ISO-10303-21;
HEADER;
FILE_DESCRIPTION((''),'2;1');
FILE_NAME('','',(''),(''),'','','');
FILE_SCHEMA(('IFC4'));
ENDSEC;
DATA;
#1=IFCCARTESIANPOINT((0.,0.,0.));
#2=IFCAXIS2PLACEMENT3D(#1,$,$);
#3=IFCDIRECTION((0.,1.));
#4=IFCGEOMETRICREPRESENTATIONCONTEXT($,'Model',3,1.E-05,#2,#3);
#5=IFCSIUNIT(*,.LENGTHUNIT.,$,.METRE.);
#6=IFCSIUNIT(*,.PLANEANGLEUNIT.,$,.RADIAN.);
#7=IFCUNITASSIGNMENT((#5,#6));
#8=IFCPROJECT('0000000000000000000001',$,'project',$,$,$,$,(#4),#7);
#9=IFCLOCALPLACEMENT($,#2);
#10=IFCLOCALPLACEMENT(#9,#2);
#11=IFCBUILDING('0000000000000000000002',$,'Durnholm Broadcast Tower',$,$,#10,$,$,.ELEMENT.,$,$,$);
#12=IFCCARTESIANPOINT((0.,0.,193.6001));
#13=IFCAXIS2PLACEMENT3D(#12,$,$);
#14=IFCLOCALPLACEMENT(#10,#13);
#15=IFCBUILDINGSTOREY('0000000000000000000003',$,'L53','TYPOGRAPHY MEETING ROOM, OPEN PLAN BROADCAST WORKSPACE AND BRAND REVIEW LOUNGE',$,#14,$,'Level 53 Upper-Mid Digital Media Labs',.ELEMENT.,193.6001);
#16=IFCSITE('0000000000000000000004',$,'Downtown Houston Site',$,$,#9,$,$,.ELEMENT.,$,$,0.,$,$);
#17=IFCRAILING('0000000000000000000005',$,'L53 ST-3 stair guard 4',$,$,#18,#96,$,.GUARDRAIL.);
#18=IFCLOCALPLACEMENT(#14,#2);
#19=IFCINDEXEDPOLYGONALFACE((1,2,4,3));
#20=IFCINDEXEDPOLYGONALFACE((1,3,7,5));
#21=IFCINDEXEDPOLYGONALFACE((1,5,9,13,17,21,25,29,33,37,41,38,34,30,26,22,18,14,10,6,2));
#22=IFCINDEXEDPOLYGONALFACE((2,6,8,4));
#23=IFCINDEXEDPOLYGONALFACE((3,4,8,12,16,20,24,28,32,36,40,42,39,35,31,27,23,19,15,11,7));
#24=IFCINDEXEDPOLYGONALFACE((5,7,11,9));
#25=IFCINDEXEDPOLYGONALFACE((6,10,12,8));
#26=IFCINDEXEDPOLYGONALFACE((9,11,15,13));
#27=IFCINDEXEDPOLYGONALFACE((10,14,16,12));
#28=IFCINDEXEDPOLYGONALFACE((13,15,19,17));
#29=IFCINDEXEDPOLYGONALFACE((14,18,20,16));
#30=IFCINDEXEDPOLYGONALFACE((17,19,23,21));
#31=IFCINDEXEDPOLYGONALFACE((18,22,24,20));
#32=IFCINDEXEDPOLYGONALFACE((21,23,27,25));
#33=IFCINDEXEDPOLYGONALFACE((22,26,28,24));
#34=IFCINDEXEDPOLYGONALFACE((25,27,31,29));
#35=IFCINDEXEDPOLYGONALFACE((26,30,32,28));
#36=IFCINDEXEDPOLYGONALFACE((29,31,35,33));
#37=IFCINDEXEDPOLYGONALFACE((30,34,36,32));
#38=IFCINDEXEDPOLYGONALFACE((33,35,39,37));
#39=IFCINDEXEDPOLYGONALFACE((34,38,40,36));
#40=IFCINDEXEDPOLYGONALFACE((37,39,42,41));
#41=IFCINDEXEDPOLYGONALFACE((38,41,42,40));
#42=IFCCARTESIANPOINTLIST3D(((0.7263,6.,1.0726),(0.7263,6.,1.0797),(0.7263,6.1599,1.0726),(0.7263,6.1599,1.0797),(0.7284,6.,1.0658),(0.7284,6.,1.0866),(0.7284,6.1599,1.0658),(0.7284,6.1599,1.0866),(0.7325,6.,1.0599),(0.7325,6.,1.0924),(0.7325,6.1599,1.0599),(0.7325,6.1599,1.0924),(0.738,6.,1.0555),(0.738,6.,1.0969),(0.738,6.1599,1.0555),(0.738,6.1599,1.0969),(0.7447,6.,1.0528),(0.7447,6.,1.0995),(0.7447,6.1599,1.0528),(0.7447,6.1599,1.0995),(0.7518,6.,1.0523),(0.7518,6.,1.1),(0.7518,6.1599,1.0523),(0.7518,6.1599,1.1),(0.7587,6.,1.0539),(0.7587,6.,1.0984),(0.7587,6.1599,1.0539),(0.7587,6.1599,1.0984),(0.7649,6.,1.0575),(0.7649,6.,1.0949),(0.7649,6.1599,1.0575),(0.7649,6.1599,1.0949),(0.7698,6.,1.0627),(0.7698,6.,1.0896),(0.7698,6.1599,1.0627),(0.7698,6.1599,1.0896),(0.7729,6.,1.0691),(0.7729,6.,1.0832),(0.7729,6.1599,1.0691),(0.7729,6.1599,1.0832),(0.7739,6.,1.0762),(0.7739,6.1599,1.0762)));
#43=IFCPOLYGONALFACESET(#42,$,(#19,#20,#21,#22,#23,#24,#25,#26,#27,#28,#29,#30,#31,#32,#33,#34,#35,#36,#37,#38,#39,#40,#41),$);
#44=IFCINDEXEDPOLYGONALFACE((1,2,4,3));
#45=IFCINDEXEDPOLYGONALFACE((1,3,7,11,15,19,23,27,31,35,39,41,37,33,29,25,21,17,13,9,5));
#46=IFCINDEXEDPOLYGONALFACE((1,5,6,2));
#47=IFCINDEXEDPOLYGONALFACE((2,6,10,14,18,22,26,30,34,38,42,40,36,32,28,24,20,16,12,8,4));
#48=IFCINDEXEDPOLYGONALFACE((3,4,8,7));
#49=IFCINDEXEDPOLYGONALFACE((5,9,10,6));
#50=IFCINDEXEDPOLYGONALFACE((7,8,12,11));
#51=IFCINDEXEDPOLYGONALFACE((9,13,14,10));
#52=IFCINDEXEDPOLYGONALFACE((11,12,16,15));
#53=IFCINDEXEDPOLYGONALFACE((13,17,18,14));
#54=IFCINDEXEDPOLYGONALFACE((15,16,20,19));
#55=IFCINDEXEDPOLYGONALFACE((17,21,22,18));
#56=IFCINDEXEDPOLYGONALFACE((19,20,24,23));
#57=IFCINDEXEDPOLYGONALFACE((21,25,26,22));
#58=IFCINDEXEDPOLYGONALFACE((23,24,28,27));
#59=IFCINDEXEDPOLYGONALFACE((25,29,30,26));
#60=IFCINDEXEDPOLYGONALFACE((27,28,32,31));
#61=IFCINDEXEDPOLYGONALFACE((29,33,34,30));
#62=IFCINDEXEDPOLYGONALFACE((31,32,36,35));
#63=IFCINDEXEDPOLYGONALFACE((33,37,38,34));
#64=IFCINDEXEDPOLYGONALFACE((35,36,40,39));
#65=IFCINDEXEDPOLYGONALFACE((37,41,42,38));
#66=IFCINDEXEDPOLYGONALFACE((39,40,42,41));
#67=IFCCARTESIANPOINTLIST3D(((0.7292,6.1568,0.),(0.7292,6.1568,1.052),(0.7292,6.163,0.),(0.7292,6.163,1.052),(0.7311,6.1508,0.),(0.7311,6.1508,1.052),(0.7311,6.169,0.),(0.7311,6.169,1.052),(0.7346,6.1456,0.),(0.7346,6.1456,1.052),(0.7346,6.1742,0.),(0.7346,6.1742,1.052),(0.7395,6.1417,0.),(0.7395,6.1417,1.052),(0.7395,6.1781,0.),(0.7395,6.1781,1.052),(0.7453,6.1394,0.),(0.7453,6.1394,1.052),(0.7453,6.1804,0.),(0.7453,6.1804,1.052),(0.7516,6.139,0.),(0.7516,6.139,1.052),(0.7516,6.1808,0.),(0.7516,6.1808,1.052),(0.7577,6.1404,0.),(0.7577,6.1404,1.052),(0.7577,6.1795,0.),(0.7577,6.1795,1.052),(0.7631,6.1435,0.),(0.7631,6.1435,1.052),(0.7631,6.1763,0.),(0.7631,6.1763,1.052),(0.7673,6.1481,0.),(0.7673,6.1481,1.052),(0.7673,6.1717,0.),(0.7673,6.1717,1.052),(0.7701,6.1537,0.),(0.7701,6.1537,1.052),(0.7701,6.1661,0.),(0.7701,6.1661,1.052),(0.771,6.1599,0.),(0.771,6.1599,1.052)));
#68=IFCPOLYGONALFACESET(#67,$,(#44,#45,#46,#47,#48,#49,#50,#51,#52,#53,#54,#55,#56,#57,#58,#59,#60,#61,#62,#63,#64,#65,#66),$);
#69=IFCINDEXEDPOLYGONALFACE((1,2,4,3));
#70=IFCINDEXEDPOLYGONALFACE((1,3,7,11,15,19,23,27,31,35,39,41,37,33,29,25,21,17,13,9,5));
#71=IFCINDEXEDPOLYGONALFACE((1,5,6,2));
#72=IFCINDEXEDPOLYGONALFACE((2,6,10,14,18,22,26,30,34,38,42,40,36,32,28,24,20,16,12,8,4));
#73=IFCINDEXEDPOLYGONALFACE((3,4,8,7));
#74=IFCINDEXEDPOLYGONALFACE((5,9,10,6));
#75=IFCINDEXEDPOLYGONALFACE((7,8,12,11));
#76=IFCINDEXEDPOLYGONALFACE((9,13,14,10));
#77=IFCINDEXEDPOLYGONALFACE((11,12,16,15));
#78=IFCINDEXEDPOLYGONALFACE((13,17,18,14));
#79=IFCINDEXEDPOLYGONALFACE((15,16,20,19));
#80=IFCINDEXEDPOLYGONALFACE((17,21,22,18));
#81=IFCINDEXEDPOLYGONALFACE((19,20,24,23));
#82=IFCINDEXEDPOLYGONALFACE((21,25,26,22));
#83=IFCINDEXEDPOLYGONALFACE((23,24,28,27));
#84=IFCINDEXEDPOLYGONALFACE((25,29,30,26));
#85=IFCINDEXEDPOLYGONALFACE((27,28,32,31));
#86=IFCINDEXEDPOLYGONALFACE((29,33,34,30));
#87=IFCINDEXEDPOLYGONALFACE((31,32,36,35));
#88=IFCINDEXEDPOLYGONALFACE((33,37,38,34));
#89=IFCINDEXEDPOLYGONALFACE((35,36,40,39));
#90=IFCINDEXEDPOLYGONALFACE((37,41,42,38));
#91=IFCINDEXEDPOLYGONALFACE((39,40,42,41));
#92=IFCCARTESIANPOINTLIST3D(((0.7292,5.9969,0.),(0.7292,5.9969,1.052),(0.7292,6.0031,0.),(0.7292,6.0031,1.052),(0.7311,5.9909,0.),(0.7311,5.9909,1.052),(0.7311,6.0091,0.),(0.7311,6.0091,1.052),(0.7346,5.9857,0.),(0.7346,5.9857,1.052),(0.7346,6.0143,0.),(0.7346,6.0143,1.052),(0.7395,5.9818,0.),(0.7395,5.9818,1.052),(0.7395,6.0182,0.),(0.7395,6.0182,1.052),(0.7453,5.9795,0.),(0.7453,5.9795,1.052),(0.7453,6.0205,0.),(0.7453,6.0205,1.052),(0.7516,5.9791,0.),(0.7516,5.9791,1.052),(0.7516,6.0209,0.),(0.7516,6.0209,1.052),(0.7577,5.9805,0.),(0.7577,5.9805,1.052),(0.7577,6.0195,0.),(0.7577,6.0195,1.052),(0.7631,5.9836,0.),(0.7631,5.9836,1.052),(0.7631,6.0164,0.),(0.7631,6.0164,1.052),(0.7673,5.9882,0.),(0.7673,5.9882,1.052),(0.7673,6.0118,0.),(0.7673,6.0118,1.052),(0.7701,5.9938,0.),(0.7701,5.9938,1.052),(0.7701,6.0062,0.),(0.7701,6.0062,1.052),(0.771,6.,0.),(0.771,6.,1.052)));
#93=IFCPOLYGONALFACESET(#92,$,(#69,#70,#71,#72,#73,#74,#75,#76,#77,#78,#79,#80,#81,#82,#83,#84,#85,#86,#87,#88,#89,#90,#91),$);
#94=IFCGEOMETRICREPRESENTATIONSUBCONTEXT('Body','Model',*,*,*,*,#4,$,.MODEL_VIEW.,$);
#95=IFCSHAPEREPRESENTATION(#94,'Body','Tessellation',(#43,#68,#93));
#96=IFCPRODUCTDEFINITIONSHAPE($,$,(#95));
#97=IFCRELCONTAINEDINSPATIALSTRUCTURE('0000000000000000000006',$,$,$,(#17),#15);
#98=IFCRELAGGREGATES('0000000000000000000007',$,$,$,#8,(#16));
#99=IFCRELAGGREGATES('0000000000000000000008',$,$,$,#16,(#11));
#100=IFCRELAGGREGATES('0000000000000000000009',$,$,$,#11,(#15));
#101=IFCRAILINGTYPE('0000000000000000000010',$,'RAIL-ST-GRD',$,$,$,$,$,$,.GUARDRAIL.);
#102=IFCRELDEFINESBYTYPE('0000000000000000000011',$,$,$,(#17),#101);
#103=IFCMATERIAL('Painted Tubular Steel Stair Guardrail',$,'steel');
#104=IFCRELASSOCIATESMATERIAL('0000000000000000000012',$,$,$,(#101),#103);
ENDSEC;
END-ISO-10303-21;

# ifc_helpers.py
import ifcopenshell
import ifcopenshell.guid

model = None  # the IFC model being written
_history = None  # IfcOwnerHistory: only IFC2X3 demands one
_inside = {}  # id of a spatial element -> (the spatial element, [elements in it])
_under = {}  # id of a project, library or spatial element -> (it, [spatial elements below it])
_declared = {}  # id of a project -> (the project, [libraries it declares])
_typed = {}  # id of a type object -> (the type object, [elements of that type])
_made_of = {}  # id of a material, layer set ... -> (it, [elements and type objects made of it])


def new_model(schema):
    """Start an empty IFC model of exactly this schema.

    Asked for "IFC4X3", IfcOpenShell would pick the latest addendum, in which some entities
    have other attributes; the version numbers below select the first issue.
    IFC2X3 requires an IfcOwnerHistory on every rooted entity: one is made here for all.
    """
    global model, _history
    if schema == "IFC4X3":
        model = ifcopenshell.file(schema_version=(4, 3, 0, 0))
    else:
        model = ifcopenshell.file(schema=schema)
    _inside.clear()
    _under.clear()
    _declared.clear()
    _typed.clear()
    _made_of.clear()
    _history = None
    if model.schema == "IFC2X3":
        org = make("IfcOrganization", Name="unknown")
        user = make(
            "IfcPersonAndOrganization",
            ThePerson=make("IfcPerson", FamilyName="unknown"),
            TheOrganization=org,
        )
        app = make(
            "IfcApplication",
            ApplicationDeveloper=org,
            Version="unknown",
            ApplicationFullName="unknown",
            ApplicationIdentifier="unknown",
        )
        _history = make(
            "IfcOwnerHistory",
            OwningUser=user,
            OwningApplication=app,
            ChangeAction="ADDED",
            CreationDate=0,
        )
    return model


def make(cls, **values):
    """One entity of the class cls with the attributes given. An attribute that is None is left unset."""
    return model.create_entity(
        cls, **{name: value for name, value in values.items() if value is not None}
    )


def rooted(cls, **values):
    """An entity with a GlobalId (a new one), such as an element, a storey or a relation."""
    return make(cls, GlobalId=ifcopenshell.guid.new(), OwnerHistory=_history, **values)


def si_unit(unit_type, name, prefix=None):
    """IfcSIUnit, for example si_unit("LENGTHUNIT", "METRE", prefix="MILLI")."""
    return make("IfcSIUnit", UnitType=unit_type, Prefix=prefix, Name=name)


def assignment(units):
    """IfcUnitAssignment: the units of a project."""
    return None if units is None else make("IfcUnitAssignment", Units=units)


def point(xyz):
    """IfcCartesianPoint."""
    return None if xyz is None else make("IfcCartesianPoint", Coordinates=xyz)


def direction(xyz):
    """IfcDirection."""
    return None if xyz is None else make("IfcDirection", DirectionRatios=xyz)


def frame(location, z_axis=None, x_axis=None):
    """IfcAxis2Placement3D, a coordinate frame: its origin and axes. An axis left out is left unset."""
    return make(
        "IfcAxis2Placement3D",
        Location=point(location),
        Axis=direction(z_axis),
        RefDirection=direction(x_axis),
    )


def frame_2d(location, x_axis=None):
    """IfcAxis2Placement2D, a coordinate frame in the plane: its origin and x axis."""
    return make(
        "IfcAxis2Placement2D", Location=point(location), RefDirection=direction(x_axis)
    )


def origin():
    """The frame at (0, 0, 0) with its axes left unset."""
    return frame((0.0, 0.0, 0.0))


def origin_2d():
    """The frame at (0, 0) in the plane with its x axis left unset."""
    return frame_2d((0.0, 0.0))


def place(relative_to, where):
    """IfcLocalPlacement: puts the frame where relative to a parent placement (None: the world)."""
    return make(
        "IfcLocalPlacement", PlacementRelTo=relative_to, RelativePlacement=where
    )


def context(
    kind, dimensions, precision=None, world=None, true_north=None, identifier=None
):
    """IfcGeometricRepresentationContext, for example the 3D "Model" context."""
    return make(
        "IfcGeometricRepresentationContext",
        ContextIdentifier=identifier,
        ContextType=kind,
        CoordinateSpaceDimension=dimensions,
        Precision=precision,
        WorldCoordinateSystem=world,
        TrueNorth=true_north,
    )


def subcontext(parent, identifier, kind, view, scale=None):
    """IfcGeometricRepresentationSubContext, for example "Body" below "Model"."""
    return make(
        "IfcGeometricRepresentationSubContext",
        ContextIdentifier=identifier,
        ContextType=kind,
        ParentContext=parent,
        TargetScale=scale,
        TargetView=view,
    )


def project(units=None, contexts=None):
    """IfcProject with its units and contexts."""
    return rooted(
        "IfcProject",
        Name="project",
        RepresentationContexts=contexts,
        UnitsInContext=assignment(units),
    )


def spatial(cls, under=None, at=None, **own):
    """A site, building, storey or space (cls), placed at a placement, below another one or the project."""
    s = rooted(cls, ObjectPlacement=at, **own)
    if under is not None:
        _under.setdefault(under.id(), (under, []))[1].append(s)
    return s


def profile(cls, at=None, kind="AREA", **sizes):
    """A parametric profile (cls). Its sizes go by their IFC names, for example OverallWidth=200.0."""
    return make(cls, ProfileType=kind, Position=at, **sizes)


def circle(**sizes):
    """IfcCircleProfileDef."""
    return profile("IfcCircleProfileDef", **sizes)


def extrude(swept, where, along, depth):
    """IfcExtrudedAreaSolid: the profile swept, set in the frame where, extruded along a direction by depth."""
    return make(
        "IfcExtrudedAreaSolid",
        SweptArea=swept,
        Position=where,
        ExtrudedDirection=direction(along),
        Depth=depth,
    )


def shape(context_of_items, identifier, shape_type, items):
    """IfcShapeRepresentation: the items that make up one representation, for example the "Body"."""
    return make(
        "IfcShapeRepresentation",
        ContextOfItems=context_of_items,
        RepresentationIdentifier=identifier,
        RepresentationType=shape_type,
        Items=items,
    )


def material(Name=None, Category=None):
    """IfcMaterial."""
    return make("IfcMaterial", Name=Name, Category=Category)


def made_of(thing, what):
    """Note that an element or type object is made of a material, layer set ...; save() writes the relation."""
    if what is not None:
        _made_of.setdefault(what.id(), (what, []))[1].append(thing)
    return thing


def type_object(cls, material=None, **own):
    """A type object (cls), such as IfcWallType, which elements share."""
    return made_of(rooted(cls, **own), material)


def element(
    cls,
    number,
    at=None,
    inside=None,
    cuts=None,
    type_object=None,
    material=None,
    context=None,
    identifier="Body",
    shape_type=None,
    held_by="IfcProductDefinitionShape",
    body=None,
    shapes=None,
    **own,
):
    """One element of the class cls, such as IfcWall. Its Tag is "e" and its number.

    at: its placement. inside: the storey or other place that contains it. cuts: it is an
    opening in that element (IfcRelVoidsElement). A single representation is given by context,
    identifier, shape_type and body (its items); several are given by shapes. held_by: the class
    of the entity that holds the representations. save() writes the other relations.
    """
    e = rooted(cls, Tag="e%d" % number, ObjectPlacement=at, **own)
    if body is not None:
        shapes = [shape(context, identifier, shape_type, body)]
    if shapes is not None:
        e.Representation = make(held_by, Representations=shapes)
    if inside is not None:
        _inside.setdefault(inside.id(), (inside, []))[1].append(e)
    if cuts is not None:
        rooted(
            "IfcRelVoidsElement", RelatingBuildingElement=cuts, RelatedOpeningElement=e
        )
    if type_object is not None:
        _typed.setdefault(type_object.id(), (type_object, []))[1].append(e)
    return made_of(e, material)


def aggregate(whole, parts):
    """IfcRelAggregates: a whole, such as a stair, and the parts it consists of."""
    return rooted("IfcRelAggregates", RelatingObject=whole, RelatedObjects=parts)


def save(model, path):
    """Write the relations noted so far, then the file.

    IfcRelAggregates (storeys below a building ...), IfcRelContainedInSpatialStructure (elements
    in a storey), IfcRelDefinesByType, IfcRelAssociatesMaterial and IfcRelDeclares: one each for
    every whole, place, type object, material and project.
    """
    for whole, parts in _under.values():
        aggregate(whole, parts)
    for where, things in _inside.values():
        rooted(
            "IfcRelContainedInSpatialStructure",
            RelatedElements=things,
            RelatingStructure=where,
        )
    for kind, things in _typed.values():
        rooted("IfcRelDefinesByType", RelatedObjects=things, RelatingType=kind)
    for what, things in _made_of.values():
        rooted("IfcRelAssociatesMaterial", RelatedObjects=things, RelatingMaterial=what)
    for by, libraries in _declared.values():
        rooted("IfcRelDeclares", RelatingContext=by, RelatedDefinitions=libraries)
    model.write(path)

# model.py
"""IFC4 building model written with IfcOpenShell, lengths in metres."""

from ifc_helpers import new_model, si_unit, direction, frame, origin, origin_2d, place, context, subcontext, project, spatial, circle, extrude, material, type_object, element, save


model = new_model("IFC4")

# Units and contexts
model_context = context("Model", 3, precision=1e-05, world=origin(), true_north=direction((0.0, 1.0)))
body_context = subcontext(model_context, "Body", "Model", "MODEL_VIEW")
ifc_project = project(units=[si_unit("LENGTHUNIT", "METRE"), si_unit("PLANEANGLEUNIT", "RADIAN")], contexts=[model_context])

# Site, building, storey
site_placement = place(None, origin())
site = spatial("IfcSite", under=ifc_project, at=site_placement, Name="Downtown Houston Site", CompositionType="ELEMENT", RefElevation=0.0)
building_placement = place(site_placement, origin())
building = spatial("IfcBuilding", under=site, at=building_placement, Name="Durnholm Broadcast Tower", CompositionType="ELEMENT")
storey_placement = place(building_placement, frame((0.0, 0.0, 193.6001)))
storey = spatial("IfcBuildingStorey", under=building, at=storey_placement, Name="L53", Description="TYPOGRAPHY MEETING ROOM, OPEN PLAN BROADCAST WORKSPACE AND BRAND REVIEW LOUNGE", LongName="Level 53 Upper-Mid Digital Media Labs", CompositionType="ELEMENT", Elevation=193.6001)

# Railing
ifc_material_1 = material(Name="Painted Tubular Steel Stair Guardrail", Category="steel")
railing_type_1 = type_object("IfcRailingType", Name="RAIL-ST-GRD", PredefinedType="GUARDRAIL", material=ifc_material_1)
railing_1_placement = place(storey_placement, frame((0.75, 6.1599, 0.0)))
element("IfcRailing", 1, at=railing_1_placement, inside=storey, type_object=railing_type_1, Name="L53 ST-3 stair guard 4", PredefinedType="GUARDRAIL", context=body_context, shape_type="SweptSolid", body=[
    extrude(circle(Radius=0.0239, at=origin_2d()), frame((0.0, 0.0, 1.0762), z_axis=(0.0, -1.0, 0.0), x_axis=(1.0, 0.0, 0.0)), (0.0, 0.0, 1.0), 0.1599),
    extrude(circle(Radius=0.021, at=origin_2d()), origin(), (0.0, 0.0, 1.0), 1.052),
    extrude(circle(Radius=0.021, at=origin_2d()), frame((0.0, -0.1599, 0.0)), (0.0, 0.0, 1.0), 1.052),
])

save(model, "model.ifc")
